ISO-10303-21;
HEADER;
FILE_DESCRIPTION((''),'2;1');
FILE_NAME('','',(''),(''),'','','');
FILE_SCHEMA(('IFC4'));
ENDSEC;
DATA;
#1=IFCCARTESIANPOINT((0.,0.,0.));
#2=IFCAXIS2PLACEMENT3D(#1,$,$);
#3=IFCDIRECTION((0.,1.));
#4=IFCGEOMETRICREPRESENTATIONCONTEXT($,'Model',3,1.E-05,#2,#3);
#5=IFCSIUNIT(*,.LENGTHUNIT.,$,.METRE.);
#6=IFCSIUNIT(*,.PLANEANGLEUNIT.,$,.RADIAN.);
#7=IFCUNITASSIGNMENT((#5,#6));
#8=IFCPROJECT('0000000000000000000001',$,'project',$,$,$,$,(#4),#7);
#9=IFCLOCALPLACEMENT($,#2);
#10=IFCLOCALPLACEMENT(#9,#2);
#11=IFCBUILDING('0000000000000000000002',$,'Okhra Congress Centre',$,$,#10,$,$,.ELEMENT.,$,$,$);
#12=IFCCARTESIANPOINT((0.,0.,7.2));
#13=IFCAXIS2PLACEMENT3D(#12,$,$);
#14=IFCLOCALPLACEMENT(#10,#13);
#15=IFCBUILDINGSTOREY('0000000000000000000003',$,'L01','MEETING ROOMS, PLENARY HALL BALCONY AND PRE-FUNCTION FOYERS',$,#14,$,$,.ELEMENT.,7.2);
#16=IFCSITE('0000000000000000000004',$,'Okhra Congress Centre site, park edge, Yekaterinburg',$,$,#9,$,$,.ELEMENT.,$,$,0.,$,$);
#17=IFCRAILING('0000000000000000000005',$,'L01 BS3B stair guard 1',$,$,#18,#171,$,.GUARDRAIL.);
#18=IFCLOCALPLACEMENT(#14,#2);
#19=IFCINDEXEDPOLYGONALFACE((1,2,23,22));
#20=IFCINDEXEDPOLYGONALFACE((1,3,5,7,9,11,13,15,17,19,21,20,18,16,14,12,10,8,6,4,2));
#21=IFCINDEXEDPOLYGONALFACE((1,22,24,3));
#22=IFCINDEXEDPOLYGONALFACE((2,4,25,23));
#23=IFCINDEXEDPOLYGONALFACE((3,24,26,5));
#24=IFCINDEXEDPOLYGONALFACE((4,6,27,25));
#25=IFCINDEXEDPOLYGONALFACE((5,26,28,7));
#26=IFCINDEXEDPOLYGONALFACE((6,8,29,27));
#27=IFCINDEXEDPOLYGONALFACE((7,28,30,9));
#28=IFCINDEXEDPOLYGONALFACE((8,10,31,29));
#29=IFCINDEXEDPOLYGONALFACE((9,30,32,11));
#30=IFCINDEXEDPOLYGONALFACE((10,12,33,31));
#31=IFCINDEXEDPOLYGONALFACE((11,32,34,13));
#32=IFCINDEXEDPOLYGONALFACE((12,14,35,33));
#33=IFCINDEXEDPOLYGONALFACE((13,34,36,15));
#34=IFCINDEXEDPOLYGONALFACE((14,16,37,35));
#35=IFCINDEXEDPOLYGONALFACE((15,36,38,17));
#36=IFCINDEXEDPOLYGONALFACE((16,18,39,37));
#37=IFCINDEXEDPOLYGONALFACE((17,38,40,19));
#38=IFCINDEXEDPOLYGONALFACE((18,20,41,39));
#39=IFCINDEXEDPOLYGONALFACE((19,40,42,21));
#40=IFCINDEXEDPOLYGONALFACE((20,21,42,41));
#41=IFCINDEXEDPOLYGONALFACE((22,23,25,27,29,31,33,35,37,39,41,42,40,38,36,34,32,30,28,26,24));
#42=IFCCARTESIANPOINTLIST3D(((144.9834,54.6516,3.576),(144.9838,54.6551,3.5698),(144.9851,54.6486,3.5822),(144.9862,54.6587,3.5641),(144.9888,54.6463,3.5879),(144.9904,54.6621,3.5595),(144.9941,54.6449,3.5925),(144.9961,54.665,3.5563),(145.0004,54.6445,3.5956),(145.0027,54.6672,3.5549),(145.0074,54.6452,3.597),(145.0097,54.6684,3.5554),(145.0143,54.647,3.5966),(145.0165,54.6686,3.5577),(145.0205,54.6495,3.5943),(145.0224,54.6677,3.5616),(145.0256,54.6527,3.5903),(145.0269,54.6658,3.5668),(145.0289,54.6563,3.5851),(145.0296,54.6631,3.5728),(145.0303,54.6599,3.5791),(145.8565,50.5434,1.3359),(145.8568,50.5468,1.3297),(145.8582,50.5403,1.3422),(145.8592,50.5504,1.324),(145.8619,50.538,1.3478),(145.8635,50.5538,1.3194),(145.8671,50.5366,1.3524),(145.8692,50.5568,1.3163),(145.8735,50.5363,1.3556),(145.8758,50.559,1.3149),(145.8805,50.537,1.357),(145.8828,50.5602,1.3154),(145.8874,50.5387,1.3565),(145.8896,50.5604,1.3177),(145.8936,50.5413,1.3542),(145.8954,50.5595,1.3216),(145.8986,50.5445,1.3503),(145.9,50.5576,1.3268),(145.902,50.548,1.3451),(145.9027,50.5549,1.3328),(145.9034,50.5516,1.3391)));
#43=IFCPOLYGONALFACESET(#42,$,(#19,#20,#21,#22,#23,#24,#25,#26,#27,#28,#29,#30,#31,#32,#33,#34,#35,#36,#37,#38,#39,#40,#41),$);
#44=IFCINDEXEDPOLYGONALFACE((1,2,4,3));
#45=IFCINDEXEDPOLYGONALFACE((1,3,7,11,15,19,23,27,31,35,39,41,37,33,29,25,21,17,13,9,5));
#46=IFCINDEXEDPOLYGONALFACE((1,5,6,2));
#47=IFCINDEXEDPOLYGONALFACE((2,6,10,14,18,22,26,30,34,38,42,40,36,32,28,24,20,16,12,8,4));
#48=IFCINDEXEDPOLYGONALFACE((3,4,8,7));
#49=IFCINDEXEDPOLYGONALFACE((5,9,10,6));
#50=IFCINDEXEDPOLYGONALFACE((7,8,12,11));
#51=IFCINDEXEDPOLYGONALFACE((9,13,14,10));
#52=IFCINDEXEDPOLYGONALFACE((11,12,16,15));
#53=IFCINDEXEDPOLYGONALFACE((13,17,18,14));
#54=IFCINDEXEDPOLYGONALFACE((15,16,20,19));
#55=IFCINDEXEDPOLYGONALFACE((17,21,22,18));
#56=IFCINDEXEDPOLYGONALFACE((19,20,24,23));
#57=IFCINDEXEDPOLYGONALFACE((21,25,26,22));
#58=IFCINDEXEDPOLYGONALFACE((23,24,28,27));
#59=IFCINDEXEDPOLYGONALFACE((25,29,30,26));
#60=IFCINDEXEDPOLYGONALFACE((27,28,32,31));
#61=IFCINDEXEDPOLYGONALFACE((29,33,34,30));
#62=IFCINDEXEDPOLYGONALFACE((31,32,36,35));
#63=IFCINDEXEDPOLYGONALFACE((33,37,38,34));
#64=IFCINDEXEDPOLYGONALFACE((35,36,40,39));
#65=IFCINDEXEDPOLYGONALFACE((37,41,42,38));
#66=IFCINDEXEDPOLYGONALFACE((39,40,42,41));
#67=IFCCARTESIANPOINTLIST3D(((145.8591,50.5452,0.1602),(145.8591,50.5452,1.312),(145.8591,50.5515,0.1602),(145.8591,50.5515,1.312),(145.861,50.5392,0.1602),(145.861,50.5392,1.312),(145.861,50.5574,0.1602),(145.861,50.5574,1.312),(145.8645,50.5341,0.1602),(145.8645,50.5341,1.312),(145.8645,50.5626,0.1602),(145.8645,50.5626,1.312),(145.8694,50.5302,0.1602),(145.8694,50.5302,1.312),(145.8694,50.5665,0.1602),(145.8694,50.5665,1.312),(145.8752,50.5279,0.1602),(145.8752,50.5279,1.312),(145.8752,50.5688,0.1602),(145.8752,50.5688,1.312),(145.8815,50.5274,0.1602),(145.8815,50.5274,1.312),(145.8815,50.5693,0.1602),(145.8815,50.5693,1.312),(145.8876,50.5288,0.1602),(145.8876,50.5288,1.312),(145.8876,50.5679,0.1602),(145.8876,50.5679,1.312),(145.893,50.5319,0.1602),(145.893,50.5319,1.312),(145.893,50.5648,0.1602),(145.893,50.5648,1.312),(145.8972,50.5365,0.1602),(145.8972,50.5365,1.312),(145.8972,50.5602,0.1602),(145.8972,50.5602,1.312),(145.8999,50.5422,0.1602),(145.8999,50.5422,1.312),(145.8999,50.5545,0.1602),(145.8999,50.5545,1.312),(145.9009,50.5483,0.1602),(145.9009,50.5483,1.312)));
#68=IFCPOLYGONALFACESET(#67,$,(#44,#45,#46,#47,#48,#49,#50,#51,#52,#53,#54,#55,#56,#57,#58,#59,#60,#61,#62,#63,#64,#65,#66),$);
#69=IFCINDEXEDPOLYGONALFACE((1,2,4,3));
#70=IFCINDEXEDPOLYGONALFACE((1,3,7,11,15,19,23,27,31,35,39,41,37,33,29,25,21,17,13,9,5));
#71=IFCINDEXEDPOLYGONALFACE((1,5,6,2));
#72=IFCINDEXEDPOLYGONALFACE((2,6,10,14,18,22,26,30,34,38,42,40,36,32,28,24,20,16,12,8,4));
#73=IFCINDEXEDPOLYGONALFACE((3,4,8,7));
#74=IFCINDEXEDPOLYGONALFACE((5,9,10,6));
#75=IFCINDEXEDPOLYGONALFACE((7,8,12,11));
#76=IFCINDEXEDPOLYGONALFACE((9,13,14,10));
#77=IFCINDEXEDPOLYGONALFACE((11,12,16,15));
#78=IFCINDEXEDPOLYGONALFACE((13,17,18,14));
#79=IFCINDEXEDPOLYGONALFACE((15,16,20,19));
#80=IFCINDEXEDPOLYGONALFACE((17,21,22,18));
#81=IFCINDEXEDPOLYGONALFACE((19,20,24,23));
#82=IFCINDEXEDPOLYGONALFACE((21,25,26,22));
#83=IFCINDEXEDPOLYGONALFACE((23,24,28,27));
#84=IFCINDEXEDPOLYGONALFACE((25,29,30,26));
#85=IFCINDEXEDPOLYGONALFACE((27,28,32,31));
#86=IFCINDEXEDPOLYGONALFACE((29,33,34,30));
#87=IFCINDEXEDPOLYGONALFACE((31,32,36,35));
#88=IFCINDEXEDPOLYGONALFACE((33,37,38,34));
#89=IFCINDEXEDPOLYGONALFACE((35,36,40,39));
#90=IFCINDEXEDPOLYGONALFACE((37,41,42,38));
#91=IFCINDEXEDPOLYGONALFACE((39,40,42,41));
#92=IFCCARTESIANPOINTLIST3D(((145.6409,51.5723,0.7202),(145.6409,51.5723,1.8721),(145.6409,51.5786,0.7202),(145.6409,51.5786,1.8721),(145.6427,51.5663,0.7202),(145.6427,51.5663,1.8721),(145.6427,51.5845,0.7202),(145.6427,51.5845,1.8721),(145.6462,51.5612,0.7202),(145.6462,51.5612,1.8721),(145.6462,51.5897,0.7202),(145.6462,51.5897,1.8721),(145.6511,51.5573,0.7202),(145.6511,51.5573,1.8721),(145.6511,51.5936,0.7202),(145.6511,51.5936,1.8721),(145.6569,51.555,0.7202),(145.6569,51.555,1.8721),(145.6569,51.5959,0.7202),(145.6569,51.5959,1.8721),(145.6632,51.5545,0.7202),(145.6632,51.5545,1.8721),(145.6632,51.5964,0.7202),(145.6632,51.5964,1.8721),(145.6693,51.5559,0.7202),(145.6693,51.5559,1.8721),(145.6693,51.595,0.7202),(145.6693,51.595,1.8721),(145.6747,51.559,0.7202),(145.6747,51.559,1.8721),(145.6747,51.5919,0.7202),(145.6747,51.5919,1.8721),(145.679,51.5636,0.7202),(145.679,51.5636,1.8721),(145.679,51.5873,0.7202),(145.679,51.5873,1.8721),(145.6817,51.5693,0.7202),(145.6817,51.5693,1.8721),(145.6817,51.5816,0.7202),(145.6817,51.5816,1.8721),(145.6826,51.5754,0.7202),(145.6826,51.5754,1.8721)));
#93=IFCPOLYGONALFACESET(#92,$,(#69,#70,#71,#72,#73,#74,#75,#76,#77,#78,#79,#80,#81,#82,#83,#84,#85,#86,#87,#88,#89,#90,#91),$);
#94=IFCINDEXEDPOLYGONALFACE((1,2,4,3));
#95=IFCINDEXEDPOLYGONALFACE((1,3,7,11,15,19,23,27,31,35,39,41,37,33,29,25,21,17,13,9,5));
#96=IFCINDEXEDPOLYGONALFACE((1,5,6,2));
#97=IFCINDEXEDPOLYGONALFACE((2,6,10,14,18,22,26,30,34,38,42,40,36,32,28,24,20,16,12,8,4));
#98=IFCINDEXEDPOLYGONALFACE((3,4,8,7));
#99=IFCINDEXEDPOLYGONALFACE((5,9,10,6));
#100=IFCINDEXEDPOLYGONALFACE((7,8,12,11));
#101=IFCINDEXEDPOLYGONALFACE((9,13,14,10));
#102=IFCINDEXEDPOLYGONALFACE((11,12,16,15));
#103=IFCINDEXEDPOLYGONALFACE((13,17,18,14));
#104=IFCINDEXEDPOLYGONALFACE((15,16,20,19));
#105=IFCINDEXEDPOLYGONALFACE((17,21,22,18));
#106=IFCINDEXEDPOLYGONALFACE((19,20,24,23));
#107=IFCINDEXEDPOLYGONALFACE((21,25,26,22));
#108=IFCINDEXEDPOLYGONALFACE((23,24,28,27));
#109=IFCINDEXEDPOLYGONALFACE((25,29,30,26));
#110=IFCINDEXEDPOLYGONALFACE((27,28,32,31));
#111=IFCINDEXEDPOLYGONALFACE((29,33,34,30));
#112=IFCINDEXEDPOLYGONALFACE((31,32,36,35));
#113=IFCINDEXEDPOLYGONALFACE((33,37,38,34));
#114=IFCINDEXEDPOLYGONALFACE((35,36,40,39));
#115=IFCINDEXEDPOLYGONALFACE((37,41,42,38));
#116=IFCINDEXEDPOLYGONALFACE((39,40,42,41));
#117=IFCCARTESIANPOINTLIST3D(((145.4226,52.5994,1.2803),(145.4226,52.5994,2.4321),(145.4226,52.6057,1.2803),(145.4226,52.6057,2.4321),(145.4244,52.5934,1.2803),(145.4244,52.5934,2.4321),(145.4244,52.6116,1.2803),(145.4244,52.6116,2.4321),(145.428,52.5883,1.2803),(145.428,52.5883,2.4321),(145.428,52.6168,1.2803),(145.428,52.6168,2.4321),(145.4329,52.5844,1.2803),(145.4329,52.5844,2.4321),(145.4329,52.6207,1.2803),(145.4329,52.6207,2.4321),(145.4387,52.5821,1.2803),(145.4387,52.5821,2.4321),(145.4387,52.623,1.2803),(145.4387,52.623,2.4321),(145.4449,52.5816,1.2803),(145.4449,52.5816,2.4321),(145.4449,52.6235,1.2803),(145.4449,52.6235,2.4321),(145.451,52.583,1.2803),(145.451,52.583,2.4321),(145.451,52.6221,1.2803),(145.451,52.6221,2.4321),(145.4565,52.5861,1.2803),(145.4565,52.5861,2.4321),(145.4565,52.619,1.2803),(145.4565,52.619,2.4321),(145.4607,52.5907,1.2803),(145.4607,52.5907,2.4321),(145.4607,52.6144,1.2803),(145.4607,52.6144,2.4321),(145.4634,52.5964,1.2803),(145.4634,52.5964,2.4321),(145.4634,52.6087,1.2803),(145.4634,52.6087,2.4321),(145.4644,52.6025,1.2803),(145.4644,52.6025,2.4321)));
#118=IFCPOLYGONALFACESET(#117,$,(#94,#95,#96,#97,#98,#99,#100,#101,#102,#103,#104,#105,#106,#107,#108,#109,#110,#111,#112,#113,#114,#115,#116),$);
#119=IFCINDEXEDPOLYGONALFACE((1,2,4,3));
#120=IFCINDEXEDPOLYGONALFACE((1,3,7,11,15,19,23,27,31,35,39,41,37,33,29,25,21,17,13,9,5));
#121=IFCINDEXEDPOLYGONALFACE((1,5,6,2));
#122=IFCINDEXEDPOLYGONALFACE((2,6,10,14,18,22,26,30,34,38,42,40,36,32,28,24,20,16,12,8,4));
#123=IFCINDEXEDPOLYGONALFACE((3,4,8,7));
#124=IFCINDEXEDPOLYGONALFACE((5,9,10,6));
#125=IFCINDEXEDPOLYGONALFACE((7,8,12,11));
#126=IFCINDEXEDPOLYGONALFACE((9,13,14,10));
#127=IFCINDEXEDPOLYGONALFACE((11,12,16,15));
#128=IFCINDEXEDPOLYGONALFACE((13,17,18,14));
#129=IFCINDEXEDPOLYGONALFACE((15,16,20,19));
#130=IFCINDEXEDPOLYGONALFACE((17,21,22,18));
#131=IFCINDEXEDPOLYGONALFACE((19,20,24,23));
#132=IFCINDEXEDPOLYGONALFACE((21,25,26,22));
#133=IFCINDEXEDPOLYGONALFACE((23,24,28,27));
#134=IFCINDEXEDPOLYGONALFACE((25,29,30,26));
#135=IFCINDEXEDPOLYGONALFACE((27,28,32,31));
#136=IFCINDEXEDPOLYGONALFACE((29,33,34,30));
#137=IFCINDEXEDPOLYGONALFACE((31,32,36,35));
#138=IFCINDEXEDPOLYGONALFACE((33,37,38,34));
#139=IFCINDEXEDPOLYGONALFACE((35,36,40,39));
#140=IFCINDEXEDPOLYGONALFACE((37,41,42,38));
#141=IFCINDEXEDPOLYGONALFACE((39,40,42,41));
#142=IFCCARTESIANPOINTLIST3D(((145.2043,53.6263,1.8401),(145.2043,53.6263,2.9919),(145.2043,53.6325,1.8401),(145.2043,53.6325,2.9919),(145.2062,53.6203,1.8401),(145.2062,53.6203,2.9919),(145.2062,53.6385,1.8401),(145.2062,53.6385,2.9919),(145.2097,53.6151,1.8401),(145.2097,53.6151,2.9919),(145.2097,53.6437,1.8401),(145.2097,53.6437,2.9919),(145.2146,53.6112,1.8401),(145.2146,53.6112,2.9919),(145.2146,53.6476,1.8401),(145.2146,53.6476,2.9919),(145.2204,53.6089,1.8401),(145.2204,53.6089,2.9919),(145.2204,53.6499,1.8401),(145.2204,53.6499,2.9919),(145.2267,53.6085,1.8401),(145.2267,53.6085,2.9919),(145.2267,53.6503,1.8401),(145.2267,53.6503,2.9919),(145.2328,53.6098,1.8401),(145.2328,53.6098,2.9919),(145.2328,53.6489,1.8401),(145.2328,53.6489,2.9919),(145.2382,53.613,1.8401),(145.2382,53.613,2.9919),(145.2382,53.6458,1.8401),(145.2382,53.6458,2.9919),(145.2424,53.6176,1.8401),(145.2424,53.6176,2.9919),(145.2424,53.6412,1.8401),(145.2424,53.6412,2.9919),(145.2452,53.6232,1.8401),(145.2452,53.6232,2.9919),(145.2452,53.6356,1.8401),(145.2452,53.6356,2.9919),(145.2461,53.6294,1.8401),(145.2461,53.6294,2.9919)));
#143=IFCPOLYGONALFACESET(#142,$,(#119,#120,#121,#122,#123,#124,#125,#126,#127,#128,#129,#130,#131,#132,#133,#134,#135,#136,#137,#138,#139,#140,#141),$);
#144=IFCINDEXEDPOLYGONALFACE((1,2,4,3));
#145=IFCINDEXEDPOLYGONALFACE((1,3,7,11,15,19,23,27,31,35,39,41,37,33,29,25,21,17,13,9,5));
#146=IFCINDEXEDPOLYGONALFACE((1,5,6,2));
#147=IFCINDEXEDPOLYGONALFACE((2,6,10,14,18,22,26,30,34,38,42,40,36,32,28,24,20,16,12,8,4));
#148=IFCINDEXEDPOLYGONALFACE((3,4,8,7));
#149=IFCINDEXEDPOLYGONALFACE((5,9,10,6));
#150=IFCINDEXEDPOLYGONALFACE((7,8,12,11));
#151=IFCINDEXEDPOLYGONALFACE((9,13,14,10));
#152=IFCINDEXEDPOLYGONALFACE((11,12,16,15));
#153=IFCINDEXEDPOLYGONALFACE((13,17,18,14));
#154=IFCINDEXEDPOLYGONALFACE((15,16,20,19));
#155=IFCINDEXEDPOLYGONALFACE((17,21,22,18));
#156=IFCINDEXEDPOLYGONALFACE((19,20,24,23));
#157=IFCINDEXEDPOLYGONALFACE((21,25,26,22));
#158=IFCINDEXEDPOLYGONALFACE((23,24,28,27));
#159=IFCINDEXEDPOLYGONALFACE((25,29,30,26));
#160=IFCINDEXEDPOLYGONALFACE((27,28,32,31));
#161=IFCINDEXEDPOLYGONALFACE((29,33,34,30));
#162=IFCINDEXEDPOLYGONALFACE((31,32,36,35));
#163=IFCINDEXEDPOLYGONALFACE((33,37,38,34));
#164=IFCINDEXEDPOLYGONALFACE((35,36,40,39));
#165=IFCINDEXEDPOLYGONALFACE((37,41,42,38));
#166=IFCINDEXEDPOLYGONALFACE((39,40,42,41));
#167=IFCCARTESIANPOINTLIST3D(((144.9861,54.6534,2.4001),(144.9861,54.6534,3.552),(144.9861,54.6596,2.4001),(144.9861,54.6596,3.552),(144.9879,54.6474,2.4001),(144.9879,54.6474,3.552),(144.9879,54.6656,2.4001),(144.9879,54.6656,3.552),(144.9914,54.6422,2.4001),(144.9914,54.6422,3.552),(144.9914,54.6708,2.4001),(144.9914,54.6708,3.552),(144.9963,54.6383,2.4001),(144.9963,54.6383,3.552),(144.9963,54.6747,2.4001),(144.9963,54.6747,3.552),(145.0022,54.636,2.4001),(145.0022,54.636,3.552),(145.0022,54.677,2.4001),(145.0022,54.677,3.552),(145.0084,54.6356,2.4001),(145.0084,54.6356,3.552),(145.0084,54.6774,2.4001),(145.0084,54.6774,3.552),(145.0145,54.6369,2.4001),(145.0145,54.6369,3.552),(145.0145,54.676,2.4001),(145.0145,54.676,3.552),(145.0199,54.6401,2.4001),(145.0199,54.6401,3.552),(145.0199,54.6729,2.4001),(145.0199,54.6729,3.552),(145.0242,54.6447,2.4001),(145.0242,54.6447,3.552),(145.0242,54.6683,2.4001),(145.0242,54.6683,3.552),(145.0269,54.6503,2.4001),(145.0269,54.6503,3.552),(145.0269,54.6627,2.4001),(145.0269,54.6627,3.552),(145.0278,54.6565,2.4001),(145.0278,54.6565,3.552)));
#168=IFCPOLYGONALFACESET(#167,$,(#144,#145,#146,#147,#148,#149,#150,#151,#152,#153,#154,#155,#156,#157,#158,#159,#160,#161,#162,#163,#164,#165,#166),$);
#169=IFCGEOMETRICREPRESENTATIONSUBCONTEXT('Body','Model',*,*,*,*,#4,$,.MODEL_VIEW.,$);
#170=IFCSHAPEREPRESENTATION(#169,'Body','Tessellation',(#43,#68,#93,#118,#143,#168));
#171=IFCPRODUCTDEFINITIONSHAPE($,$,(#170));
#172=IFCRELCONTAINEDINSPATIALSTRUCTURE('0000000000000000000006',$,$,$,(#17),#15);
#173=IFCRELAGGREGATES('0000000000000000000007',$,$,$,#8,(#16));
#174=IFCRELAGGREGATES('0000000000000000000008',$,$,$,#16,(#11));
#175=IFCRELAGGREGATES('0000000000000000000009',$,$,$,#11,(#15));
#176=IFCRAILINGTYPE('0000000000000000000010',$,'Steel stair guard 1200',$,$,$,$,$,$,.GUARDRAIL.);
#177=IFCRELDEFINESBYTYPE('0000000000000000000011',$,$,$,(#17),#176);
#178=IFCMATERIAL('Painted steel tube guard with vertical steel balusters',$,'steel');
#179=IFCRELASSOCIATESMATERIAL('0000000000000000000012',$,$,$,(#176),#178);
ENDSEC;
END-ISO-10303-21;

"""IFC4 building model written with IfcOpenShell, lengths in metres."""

from ifc_helpers import new_model, si_unit, direction, frame, origin, origin_2d, place, context, subcontext, project, spatial, circle, extrude, material, type_object, element, save


model = new_model("IFC4")

# Units and contexts
model_context = context("Model", 3, precision=1e-05, world=origin(), true_north=direction((0.0, 1.0)))
body_context = subcontext(model_context, "Body", "Model", "MODEL_VIEW")
ifc_project = project(units=[si_unit("LENGTHUNIT", "METRE"), si_unit("PLANEANGLEUNIT", "RADIAN")], contexts=[model_context])

# Site, building, storey
site_placement = place(None, origin())
site = spatial("IfcSite", under=ifc_project, at=site_placement, Name="Okhra Congress Centre site, park edge, Yekaterinburg", CompositionType="ELEMENT", RefElevation=0.0)
building_placement = place(site_placement, origin())
building = spatial("IfcBuilding", under=site, at=building_placement, Name="Okhra Congress Centre", CompositionType="ELEMENT")
storey_placement = place(building_placement, frame((0.0, 0.0, 7.2)))
storey = spatial("IfcBuildingStorey", under=building, at=storey_placement, Name="L01", Description="MEETING ROOMS, PLENARY HALL BALCONY AND PRE-FUNCTION FOYERS", CompositionType="ELEMENT", Elevation=7.2)

# Railing
ifc_material_1 = material(Name="Painted steel tube guard with vertical steel balusters", Category="steel")
railing_type_1 = type_object("IfcRailingType", Name="Steel stair guard 1200", PredefinedType="GUARDRAIL", material=ifc_material_1)
railing_1_placement = place(storey_placement, frame((145.8799, 50.5483, 0.1602)))
element("IfcRailing", 1, at=railing_1_placement, inside=storey, type_object=railing_type_1, Name="L01 BS3B stair guard 1", PredefinedType="GUARDRAIL", context=body_context, shape_type="SweptSolid", body=[
    extrude(circle(Radius=0.0239, at=origin_2d()), frame((0.0, 0.0, 1.1758), z_axis=(-0.183417, 0.863075, 0.470596), x_axis=(-0.978156, -0.207873, 0.0)), (0.0, 0.0, 1.0), 4.76),
    extrude(circle(Radius=0.021, at=origin_2d()), origin(), (0.0, 0.0, 1.0), 1.1519),
    extrude(circle(Radius=0.021, at=origin_2d()), frame((-0.2183, 1.0271, 0.5601)), (0.0, 0.0, 1.0), 1.1519),
    extrude(circle(Radius=0.021, at=origin_2d()), frame((-0.4365, 2.0542, 1.1201)), (0.0, 0.0, 1.0), 1.1519),
    extrude(circle(Radius=0.021, at=origin_2d()), frame((-0.6548, 3.0811, 1.6799)), (0.0, 0.0, 1.0), 1.1519),
    extrude(circle(Radius=0.021, at=origin_2d()), frame((-0.873, 4.1082, 2.24)), (0.0, 0.0, 1.0), 1.1519),
])

save(model, "model.ifc")
